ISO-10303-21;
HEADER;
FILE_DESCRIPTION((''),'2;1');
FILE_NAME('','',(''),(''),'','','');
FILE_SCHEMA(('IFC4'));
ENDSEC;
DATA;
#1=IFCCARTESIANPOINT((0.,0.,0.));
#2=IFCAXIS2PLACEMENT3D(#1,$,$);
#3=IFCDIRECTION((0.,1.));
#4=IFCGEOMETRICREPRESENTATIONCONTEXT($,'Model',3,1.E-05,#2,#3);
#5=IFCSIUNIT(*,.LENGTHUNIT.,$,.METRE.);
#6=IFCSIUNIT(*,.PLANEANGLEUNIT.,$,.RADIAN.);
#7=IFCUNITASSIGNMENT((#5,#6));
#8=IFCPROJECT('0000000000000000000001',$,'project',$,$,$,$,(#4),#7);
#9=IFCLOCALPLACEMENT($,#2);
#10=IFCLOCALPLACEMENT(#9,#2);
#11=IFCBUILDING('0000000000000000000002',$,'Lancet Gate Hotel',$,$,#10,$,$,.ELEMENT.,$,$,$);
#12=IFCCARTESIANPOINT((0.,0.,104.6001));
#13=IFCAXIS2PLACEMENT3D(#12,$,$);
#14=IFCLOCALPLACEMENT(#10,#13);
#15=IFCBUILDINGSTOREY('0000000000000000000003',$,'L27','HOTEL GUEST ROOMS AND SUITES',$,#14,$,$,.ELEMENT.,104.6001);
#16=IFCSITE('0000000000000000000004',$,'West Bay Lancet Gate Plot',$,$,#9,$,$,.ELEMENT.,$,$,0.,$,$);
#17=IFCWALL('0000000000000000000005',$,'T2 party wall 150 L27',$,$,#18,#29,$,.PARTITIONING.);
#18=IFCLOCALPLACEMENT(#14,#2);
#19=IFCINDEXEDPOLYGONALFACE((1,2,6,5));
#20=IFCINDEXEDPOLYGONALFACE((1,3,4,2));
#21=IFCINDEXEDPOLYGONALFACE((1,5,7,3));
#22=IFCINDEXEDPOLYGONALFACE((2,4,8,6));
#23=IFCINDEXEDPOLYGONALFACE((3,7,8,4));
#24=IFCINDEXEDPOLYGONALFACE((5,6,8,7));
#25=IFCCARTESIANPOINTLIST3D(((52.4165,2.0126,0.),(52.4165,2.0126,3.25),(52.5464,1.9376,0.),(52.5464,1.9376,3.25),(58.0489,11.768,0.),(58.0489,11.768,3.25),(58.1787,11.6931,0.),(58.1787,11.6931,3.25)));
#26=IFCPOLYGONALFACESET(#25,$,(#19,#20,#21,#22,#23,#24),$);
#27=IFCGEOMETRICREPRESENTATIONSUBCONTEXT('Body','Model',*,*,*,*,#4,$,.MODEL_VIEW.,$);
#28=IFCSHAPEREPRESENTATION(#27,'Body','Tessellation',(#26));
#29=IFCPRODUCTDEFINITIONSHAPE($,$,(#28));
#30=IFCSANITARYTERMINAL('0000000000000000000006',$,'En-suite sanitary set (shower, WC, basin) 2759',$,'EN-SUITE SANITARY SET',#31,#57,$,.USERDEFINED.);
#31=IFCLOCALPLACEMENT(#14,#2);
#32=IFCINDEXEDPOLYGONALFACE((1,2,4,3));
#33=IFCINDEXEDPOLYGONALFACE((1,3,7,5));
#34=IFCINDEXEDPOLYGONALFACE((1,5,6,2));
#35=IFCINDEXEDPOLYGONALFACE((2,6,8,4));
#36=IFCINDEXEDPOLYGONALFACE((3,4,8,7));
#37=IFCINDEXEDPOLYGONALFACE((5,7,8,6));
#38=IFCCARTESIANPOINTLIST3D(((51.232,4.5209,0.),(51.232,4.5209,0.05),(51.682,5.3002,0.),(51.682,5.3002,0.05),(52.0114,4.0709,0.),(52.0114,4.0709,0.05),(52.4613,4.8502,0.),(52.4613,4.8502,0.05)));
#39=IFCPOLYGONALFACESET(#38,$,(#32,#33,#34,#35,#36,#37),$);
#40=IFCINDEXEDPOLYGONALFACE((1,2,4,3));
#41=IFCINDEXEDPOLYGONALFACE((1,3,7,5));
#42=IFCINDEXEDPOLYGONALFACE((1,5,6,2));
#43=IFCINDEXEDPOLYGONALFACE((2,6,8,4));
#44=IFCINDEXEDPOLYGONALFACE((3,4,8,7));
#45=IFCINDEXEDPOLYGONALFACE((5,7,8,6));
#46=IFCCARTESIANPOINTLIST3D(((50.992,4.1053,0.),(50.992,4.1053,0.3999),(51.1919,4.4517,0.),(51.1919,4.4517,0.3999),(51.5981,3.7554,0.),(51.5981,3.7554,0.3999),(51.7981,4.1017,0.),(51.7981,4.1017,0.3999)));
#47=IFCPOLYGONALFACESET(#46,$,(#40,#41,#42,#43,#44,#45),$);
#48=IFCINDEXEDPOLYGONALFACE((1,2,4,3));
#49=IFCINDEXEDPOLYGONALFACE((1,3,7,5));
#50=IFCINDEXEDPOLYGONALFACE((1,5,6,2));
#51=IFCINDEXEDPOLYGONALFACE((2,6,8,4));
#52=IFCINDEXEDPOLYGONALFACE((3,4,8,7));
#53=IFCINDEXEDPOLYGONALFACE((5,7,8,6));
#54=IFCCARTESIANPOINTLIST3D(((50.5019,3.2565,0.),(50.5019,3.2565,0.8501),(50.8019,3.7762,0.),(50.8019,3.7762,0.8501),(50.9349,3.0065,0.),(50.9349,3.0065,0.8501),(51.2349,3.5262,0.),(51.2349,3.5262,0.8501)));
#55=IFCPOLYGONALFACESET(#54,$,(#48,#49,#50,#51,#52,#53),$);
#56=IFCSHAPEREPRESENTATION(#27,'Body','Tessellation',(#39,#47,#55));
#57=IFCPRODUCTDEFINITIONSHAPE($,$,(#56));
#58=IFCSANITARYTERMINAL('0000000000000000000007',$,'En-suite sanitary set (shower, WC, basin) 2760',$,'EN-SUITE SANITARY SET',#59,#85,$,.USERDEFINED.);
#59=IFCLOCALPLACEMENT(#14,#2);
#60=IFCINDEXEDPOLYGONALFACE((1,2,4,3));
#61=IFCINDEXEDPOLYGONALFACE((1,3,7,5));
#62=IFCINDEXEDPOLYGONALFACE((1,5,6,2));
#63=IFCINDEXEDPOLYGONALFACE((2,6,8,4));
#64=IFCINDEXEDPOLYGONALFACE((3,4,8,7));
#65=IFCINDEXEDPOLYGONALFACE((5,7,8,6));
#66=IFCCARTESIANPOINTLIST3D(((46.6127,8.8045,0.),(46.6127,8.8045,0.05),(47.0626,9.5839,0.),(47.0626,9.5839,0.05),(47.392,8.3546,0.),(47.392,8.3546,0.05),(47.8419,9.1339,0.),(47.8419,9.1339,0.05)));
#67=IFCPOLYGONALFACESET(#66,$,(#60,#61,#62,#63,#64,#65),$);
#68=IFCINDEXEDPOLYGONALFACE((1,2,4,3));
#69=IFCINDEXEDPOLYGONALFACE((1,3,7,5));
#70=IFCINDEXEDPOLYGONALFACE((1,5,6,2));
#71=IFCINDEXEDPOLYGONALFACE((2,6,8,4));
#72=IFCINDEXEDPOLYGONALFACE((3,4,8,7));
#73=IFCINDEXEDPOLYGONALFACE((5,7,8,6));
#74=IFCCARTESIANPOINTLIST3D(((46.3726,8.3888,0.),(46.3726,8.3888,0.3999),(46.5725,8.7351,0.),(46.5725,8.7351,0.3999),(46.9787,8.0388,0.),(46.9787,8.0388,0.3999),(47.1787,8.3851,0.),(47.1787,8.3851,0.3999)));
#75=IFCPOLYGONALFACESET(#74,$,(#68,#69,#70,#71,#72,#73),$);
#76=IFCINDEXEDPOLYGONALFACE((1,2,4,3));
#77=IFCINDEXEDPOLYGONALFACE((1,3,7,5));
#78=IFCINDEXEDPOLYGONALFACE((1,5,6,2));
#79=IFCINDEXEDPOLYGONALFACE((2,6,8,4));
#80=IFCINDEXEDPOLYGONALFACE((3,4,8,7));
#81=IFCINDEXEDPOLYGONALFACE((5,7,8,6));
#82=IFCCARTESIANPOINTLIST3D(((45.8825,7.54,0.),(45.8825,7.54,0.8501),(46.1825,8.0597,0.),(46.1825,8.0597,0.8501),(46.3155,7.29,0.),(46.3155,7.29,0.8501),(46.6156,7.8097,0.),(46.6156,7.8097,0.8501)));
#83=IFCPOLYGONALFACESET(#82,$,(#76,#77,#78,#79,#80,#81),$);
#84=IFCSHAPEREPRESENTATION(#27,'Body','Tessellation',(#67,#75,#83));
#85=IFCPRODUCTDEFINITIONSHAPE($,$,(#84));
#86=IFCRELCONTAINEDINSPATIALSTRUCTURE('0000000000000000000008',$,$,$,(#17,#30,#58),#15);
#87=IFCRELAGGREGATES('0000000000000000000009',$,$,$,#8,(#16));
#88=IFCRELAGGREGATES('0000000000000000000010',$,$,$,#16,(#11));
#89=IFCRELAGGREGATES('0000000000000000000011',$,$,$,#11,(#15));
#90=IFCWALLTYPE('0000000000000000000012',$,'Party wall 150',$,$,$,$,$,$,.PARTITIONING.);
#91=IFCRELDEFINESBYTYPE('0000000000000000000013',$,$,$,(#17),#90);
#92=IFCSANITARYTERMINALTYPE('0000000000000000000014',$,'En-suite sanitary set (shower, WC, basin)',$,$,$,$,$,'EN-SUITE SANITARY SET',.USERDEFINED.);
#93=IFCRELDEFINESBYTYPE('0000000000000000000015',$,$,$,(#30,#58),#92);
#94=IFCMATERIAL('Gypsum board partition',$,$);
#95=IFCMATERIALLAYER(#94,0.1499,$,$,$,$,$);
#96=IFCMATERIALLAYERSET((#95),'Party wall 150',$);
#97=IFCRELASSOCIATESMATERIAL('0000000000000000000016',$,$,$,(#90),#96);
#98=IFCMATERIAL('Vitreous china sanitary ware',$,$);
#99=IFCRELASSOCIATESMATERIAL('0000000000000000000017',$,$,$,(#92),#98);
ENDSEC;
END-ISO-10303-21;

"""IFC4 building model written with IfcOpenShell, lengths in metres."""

from ifc_helpers import new_model, si_unit, direction, frame, frame_2d, origin, origin_2d, place, context, subcontext, project, spatial, rectangle, extrude, material, layer, layer_set, type_object, element, save


model = new_model("IFC4")

# Units and contexts
model_context = context("Model", 3, precision=1e-05, world=origin(), true_north=direction((0.0, 1.0)))
body_context = subcontext(model_context, "Body", "Model", "MODEL_VIEW")
ifc_project = project(units=[si_unit("LENGTHUNIT", "METRE"), si_unit("PLANEANGLEUNIT", "RADIAN")], contexts=[model_context])

# Site, building, storey
site_placement = place(None, origin())
site = spatial("IfcSite", under=ifc_project, at=site_placement, Name="West Bay Lancet Gate Plot", CompositionType="ELEMENT", RefElevation=0.0)
building_placement = place(site_placement, origin())
building = spatial("IfcBuilding", under=site, at=building_placement, Name="Lancet Gate Hotel", CompositionType="ELEMENT")
storey_placement = place(building_placement, frame((0.0, 0.0, 104.6001)))
storey = spatial("IfcBuildingStorey", under=building, at=storey_placement, Name="L27", Description="HOTEL GUEST ROOMS AND SUITES", CompositionType="ELEMENT", Elevation=104.6001)

# Wall
ifc_material_1 = material(Name="Gypsum board partition")
ifc_layer_1 = layer(ifc_material_1, 0.1499)
ifc_layer_set_1 = layer_set([ifc_layer_1], Name="Party wall 150")
wall_type_1 = type_object("IfcWallType", Name="Party wall 150", PredefinedType="PARTITIONING", material=ifc_layer_set_1)
wall_1_placement = place(storey_placement, frame((52.4814, 1.9751, 0.0), z_axis=(0.0, 0.0, 1.0), x_axis=(0.500004, 0.866023, 0.0)))
element("IfcWall", 1, at=wall_1_placement, inside=storey, type_object=wall_type_1, Name="T2 party wall 150 L27", PredefinedType="PARTITIONING", context=body_context, shape_type="SweptSolid", body=[
    extrude(rectangle(XDim=11.2646, YDim=0.1499, at=frame_2d((5.6323, 0.0))), origin(), (0.0, 0.0, 1.0), 3.25),
])

# Sanitary terminals
ifc_material_2 = material(Name="Vitreous china sanitary ware")
sanitary_terminal_type = type_object("IfcSanitaryTerminalType", Name="En-suite sanitary set (shower, WC, basin)", ElementType="EN-SUITE SANITARY SET", PredefinedType="USERDEFINED", material=ifc_material_2)
sanitary_terminal_1_placement = place(storey_placement, frame((51.8467, 4.6855, 0.0), z_axis=(0.0, 0.0, 1.0), x_axis=(1.0, 0.0, 0.0)))
element("IfcSanitaryTerminal", 2, at=sanitary_terminal_1_placement, inside=storey, type_object=sanitary_terminal_type, Name="En-suite sanitary set (shower, WC, basin) 2759", ObjectType="EN-SUITE SANITARY SET", PredefinedType="USERDEFINED", context=body_context, shape_type="SweptSolid", body=[
    extrude(rectangle(XDim=0.8999, YDim=0.8999, at=origin_2d()), frame((0.0, 0.0, 0.0), z_axis=(0.0, 0.0, 1.0), x_axis=(0.5, 0.866025, 0.0)), (0.0, 0.0, 1.0), 0.05),
    extrude(rectangle(XDim=0.3999, YDim=0.7, at=origin_2d()), frame((-0.4517, -0.582, 0.0), z_axis=(0.0, 0.0, 1.0), x_axis=(0.5, 0.866025, 0.0)), (0.0, 0.0, 1.0), 0.3999),
    extrude(rectangle(XDim=0.6001, YDim=0.5, at=origin_2d()), frame((-0.9783, -1.2942, 0.0), z_axis=(0.0, 0.0, 1.0), x_axis=(0.5, 0.866025, 0.0)), (0.0, 0.0, 1.0), 0.8501),
])
sanitary_terminal_2_placement = place(storey_placement, frame((47.2273, 8.9692, 0.0), z_axis=(0.0, 0.0, 1.0), x_axis=(1.0, 0.0, 0.0)))
element("IfcSanitaryTerminal", 3, at=sanitary_terminal_2_placement, inside=storey, type_object=sanitary_terminal_type, Name="En-suite sanitary set (shower, WC, basin) 2760", ObjectType="EN-SUITE SANITARY SET", PredefinedType="USERDEFINED", context=body_context, shape_type="SweptSolid", body=[
    extrude(rectangle(XDim=0.8999, YDim=0.8999, at=origin_2d()), frame((0.0, 0.0, 0.0), z_axis=(0.0, 0.0, 1.0), x_axis=(0.5, 0.866025, 0.0)), (0.0, 0.0, 1.0), 0.05),
    extrude(rectangle(XDim=0.3999, YDim=0.7, at=origin_2d()), frame((-0.4517, -0.5823, 0.0), z_axis=(0.0, 0.0, 1.0), x_axis=(0.5, 0.866025, 0.0)), (0.0, 0.0, 1.0), 0.3999),
    extrude(rectangle(XDim=0.6001, YDim=0.5, at=origin_2d()), frame((-0.9783, -1.2944, 0.0), z_axis=(0.0, 0.0, 1.0), x_axis=(0.5, 0.866025, 0.0)), (0.0, 0.0, 1.0), 0.8501),
])

save(model, "model.ifc")
